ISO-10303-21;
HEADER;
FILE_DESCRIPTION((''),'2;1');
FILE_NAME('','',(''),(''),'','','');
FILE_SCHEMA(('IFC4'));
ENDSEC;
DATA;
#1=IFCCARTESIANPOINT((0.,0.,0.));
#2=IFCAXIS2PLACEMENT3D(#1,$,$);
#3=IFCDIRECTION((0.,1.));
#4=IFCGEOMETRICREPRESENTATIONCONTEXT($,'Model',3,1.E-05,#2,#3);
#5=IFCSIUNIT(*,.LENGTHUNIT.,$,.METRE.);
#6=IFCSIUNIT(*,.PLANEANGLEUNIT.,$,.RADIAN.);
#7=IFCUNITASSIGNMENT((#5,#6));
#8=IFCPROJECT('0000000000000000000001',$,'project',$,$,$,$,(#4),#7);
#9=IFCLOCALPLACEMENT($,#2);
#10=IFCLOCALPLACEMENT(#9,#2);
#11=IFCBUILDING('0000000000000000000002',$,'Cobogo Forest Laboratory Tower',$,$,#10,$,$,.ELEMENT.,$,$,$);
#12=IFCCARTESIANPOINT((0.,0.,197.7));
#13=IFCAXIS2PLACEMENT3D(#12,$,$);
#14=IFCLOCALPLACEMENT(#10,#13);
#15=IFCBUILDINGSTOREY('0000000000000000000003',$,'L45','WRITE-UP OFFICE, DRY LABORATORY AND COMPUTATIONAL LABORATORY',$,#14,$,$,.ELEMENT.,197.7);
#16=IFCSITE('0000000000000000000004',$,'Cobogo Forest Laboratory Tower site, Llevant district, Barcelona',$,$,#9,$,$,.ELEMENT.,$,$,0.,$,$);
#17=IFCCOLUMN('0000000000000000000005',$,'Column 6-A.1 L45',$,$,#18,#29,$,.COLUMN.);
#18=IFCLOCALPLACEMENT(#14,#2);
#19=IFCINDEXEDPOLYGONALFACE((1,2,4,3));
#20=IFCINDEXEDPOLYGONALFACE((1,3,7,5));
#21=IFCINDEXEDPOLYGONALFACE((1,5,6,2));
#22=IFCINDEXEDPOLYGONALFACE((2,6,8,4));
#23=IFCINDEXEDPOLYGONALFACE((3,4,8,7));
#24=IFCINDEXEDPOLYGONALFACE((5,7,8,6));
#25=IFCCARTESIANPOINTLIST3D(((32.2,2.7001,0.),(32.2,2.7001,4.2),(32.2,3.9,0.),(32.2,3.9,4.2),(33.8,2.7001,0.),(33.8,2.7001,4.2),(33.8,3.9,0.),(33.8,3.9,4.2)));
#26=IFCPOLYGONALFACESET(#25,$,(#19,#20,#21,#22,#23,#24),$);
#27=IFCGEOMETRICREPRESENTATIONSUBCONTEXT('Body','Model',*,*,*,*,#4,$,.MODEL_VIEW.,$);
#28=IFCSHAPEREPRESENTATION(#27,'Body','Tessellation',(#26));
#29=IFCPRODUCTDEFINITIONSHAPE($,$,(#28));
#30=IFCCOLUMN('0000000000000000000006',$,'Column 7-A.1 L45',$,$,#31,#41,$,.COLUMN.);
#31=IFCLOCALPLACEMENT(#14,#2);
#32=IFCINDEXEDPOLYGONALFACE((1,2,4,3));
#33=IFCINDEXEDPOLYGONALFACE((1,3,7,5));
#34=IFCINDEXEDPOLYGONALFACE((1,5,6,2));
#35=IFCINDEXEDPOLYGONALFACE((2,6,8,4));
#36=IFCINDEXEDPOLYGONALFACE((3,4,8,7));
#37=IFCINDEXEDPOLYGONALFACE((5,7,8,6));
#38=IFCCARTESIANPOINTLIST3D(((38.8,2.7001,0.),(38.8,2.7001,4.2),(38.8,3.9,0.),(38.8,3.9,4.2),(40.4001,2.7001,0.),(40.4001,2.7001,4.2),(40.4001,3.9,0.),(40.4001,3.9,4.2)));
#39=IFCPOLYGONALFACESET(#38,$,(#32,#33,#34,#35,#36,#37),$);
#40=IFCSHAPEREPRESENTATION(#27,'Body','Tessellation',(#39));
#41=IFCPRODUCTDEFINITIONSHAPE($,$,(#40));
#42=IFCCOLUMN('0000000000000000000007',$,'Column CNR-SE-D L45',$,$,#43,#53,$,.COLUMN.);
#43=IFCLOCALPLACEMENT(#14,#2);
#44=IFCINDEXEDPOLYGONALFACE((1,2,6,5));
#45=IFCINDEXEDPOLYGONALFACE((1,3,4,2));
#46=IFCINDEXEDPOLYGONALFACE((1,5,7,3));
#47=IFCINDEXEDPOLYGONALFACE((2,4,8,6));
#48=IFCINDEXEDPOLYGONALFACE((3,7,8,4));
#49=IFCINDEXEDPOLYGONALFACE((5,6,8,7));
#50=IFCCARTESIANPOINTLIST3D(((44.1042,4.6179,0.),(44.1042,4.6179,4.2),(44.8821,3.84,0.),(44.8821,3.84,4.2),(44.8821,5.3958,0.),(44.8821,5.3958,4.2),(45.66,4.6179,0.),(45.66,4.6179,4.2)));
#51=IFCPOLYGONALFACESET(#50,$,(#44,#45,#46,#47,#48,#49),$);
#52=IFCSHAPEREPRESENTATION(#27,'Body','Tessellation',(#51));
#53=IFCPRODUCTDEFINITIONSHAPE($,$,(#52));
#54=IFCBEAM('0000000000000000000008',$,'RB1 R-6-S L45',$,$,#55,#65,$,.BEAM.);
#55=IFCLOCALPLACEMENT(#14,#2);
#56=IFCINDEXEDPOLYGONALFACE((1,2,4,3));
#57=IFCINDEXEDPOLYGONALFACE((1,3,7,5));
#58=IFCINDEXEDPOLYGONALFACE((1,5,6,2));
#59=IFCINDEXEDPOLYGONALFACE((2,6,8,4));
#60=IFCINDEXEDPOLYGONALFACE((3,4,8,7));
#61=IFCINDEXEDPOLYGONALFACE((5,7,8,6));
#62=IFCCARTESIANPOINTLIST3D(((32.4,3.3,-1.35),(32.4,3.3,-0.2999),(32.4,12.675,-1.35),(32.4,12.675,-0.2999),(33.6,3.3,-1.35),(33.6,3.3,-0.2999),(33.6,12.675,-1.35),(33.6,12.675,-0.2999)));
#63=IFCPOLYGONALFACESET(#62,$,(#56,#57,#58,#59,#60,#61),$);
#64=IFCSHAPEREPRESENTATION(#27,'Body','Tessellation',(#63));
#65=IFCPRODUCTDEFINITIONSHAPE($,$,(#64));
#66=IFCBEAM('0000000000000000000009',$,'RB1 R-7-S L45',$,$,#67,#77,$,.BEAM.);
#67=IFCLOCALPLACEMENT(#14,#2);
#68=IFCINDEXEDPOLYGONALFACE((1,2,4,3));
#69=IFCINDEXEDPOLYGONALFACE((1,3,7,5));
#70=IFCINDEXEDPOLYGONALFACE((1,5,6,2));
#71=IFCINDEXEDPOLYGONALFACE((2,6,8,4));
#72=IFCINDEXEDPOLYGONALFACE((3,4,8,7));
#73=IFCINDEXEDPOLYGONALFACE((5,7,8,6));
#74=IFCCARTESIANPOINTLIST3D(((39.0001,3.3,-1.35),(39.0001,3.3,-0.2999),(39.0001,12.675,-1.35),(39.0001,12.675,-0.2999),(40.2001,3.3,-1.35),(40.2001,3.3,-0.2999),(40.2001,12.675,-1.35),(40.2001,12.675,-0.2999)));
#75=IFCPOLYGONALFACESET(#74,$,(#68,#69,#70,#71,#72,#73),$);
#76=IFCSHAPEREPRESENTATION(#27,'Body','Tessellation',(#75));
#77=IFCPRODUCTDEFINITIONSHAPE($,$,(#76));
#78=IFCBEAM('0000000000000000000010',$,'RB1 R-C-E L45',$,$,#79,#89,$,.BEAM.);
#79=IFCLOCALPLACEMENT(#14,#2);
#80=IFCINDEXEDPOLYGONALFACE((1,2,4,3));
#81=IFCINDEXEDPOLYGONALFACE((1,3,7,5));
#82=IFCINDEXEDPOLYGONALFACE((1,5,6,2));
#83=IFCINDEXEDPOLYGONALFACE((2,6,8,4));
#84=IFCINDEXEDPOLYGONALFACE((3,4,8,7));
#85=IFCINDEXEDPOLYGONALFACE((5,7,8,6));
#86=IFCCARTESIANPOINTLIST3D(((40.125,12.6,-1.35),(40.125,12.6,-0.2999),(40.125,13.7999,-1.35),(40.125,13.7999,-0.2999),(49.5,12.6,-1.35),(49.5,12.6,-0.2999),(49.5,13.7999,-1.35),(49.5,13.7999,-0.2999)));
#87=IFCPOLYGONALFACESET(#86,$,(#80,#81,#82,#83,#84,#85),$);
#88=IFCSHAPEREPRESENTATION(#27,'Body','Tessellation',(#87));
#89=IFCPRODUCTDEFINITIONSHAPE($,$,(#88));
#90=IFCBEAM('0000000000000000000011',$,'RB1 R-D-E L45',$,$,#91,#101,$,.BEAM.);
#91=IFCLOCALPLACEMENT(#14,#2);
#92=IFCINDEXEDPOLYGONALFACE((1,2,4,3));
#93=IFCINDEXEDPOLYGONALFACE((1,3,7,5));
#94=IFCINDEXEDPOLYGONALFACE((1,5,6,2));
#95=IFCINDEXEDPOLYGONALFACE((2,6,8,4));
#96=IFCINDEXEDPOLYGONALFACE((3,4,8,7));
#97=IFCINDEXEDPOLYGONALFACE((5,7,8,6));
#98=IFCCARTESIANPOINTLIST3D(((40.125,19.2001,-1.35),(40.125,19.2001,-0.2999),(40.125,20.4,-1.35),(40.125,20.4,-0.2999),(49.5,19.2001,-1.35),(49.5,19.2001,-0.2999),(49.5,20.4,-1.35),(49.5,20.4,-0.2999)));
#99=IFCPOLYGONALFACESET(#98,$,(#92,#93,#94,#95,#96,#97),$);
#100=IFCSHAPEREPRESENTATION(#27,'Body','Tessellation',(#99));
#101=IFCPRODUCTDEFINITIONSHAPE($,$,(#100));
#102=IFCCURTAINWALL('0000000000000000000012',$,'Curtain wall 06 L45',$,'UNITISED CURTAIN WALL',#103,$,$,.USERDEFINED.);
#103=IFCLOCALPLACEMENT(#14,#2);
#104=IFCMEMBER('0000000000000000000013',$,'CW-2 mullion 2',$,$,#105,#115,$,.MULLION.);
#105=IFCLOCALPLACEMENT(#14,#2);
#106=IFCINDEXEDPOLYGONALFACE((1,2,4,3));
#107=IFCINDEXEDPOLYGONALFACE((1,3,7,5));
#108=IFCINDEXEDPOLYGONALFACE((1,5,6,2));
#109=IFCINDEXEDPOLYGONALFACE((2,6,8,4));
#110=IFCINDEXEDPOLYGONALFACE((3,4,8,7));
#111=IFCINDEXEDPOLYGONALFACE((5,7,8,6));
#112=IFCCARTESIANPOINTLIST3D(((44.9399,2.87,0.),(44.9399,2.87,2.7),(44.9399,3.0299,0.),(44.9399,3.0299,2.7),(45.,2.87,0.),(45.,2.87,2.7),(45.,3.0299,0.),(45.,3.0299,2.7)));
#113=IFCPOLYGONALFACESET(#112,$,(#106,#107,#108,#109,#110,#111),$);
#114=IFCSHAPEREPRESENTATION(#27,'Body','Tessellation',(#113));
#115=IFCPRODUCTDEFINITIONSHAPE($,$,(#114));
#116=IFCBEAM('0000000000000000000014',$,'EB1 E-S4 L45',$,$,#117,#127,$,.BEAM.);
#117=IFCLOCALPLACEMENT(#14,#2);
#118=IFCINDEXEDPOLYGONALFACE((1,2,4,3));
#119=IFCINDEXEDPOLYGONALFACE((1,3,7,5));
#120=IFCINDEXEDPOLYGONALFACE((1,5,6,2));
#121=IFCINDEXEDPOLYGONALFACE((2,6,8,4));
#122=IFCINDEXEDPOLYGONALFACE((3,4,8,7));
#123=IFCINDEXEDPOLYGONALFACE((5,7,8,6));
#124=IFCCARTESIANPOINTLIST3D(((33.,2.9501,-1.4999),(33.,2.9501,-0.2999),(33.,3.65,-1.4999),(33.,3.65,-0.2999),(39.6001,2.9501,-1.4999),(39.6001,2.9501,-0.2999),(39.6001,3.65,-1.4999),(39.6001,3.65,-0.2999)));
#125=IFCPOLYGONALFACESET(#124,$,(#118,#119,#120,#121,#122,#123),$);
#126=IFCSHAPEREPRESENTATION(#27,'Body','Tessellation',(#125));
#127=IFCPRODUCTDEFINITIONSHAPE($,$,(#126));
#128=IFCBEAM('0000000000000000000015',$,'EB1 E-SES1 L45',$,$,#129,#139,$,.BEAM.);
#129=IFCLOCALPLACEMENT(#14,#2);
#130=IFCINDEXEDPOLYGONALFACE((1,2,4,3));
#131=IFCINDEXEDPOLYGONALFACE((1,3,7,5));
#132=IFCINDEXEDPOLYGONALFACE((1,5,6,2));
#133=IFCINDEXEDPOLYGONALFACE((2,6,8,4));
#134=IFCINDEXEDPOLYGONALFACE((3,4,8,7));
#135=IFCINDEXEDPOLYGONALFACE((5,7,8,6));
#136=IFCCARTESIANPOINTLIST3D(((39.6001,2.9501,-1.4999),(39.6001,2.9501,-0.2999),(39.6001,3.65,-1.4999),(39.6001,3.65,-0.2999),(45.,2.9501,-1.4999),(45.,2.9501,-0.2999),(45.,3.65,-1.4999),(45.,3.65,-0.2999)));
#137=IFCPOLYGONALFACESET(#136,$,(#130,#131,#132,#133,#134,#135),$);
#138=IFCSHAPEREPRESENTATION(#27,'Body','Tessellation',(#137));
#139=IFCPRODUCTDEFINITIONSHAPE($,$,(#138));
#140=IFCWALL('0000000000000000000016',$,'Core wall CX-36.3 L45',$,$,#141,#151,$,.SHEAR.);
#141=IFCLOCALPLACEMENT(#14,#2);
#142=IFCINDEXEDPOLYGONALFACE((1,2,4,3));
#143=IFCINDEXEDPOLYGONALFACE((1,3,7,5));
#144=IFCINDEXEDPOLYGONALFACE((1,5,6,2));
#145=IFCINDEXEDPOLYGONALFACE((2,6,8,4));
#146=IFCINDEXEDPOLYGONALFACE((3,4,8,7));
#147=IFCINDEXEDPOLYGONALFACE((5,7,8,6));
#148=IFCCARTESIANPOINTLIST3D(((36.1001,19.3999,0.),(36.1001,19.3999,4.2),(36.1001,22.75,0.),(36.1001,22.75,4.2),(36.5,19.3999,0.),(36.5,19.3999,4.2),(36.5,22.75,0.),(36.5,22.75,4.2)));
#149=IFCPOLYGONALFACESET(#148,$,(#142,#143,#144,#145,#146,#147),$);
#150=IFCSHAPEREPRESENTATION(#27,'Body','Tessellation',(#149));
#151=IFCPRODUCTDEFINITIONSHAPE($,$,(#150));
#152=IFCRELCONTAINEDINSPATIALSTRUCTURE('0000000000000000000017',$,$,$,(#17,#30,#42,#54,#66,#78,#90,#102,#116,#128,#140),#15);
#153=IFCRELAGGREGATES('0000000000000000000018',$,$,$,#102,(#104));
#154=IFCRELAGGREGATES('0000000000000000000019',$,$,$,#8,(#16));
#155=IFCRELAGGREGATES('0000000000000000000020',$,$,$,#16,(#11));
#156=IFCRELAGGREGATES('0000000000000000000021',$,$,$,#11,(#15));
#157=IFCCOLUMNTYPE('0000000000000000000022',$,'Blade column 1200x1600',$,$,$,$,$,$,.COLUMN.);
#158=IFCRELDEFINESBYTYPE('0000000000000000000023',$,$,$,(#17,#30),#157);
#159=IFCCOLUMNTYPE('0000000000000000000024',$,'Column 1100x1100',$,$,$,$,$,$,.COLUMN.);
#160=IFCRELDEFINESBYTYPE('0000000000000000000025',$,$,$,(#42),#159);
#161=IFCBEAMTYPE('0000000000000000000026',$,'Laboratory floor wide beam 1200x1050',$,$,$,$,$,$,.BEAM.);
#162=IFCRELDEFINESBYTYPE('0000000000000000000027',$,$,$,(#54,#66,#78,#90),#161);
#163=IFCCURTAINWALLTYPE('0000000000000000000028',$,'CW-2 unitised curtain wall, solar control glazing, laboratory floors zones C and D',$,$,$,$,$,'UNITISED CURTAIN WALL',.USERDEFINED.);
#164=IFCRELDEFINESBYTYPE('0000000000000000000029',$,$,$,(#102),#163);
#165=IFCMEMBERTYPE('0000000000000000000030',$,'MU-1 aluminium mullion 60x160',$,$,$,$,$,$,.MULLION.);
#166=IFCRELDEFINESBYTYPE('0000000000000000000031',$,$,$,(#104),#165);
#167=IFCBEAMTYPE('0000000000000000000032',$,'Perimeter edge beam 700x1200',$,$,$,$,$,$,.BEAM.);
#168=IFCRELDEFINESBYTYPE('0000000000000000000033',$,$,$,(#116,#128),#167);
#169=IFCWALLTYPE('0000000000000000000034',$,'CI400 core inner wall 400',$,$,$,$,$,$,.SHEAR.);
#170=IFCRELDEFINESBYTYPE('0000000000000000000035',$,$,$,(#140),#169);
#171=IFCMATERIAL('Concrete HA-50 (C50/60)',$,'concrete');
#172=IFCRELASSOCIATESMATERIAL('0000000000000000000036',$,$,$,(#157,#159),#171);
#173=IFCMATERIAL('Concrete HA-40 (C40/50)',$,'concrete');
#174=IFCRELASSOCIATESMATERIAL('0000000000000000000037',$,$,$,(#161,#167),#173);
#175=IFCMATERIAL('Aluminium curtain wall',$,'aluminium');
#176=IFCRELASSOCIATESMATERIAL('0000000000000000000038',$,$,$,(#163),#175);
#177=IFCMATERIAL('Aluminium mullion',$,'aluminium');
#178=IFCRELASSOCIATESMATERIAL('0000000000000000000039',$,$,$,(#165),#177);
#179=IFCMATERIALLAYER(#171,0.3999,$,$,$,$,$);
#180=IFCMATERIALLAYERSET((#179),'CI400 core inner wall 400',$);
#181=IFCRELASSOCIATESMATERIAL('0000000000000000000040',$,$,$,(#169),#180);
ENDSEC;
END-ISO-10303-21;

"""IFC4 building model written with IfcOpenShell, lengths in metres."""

from ifc_helpers import new_model, si_unit, direction, frame, frame_2d, origin, origin_2d, place, context, subcontext, project, spatial, rectangle, extrude, material, layer, layer_set, material_profile, profile_set, type_object, element, aggregate, save


model = new_model("IFC4")

# Units and contexts
model_context = context("Model", 3, precision=1e-05, world=origin(), true_north=direction((0.0, 1.0)))
body_context = subcontext(model_context, "Body", "Model", "MODEL_VIEW")
ifc_project = project(units=[si_unit("LENGTHUNIT", "METRE"), si_unit("PLANEANGLEUNIT", "RADIAN")], contexts=[model_context])

# Site, building, storey
site_placement = place(None, origin())
site = spatial("IfcSite", under=ifc_project, at=site_placement, Name="Cobogo Forest Laboratory Tower site, Llevant district, Barcelona", CompositionType="ELEMENT", RefElevation=0.0)
building_placement = place(site_placement, origin())
building = spatial("IfcBuilding", under=site, at=building_placement, Name="Cobogo Forest Laboratory Tower", CompositionType="ELEMENT")
storey_placement = place(building_placement, frame((0.0, 0.0, 197.7)))
storey = spatial("IfcBuildingStorey", under=building, at=storey_placement, Name="L45", Description="WRITE-UP OFFICE, DRY LABORATORY AND COMPUTATIONAL LABORATORY", CompositionType="ELEMENT", Elevation=197.7)

# Columns
ifc_material_1 = material(Name="Concrete HA-50 (C50/60)", Category="concrete")
ifc_material_profile_1 = material_profile(ifc_material_1, rectangle(XDim=1.6001, YDim=1.2, at=origin_2d()), Name="RC 1200x1600")
ifc_profile_set_1 = profile_set([ifc_material_profile_1], Name="Concrete HA-50 (C50/60)")
column_type_1 = type_object("IfcColumnType", Name="Blade column 1200x1600", PredefinedType="COLUMN", material=ifc_profile_set_1)
for number, where, z_axis, x_axis, name in (
    (1, (33.0, 3.3, 0.0), (0.0, 0.0, 1.0), (1.0, 0.0, 0.0), "Column 6-A.1 L45"),
    (2, (39.6001, 3.3, 0.0), (0.0, 0.0, 1.0), (1.0, 0.0, 0.0), "Column 7-A.1 L45"),
):
    element("IfcColumn", number, at=place(storey_placement, frame(where, z_axis=z_axis, x_axis=x_axis)), inside=storey, type_object=column_type_1, Name=name, PredefinedType="COLUMN", context=body_context, shape_type="SweptSolid", body=[
        extrude(rectangle(XDim=1.6001, YDim=1.2, at=origin_2d()), origin(), (0.0, 0.0, 1.0), 4.2),
    ])
ifc_material_profile_2 = material_profile(ifc_material_1, rectangle(XDim=1.1001, YDim=1.1001, at=origin_2d()), Name="RC 1100x1100")
ifc_profile_set_2 = profile_set([ifc_material_profile_2], Name="Concrete HA-50 (C50/60)")
column_type_2 = type_object("IfcColumnType", Name="Column 1100x1100", PredefinedType="COLUMN", material=ifc_profile_set_2)
column_placement = place(storey_placement, frame((44.8821, 4.6179, 0.0), z_axis=(0.0, 0.0, 1.0), x_axis=(0.707107, 0.707107, 0.0)))
element("IfcColumn", 3, at=column_placement, inside=storey, type_object=column_type_2, Name="Column CNR-SE-D L45", PredefinedType="COLUMN", context=body_context, shape_type="SweptSolid", body=[
    extrude(rectangle(XDim=1.1001, YDim=1.1001, at=origin_2d()), origin(), (0.0, 0.0, 1.0), 4.2),
])

# Beams
ifc_material_2 = material(Name="Concrete HA-40 (C40/50)", Category="concrete")
ifc_material_profile_3 = material_profile(ifc_material_2, rectangle(XDim=1.2, YDim=1.05, at=origin_2d()), Name="RC 1200x1050")
ifc_profile_set_3 = profile_set([ifc_material_profile_3], Name="Concrete HA-40 (C40/50)")
beam_type_1 = type_object("IfcBeamType", Name="Laboratory floor wide beam 1200x1050", PredefinedType="BEAM", material=ifc_profile_set_3)
for number, where, z_axis, x_axis, name in (
    (4, (33.0, 12.675, -0.825), (0.0, -1.0, 0.0), (1.0, 0.0, 0.0), "RB1 R-6-S L45"),
    (5, (39.6001, 12.675, -0.825), (0.0, -1.0, 0.0), (1.0, 0.0, 0.0), "RB1 R-7-S L45"),
    (6, (40.125, 13.2, -0.825), (1.0, 0.0, 0.0), (0.0, 1.0, 0.0), "RB1 R-C-E L45"),
    (7, (40.125, 19.8, -0.825), (1.0, 0.0, 0.0), (0.0, 1.0, 0.0), "RB1 R-D-E L45"),
):
    element("IfcBeam", number, at=place(storey_placement, frame(where, z_axis=z_axis, x_axis=x_axis)), inside=storey, type_object=beam_type_1, Name=name, PredefinedType="BEAM", context=body_context, shape_type="SweptSolid", body=[
        extrude(rectangle(XDim=1.2, YDim=1.05, at=origin_2d()), origin(), (0.0, 0.0, 1.0), 9.375),
    ])

# Curtain wall, member
ifc_material_3 = material(Name="Aluminium curtain wall", Category="aluminium")
curtain_wall_type = type_object("IfcCurtainWallType", Name="CW-2 unitised curtain wall, solar control glazing, laboratory floors zones C and D", ElementType="UNITISED CURTAIN WALL", PredefinedType="USERDEFINED", material=ifc_material_3)
curtain_wall_placement = place(storey_placement, origin())
curtain_wall = element("IfcCurtainWall", 8, at=curtain_wall_placement, inside=storey, type_object=curtain_wall_type, Name="Curtain wall 06 L45", ObjectType="UNITISED CURTAIN WALL", PredefinedType="USERDEFINED")
ifc_material_4 = material(Name="Aluminium mullion", Category="aluminium")
ifc_material_profile_4 = material_profile(ifc_material_4, rectangle(XDim=0.0601, YDim=0.1599, at=origin_2d()), Name="AL 60x160")
ifc_profile_set_4 = profile_set([ifc_material_profile_4], Name="Aluminium mullion")
member_type = type_object("IfcMemberType", Name="MU-1 aluminium mullion 60x160", PredefinedType="MULLION", material=ifc_profile_set_4)
member_placement = place(storey_placement, frame((44.97, 2.95, 0.0), z_axis=(0.0, 0.0, 1.0), x_axis=(1.0, 0.0, 0.0)))
member = element("IfcMember", 9, at=member_placement, type_object=member_type, Name="CW-2 mullion 2", PredefinedType="MULLION", context=body_context, shape_type="SweptSolid", body=[
    extrude(rectangle(XDim=0.0601, YDim=0.1599, at=origin_2d()), origin(), (0.0, 0.0, 1.0), 2.7),
])
aggregate(curtain_wall, [member])

# Beams
ifc_material_profile_5 = material_profile(ifc_material_2, rectangle(XDim=0.7, YDim=1.2, at=origin_2d()), Name="RC 700x1200")
ifc_profile_set_5 = profile_set([ifc_material_profile_5], Name="Concrete HA-40 (C40/50)")
beam_type_2 = type_object("IfcBeamType", Name="Perimeter edge beam 700x1200", PredefinedType="BEAM", material=ifc_profile_set_5)
beam_1_placement = place(storey_placement, frame((33.0, 3.3, -0.8999), z_axis=(1.0, 0.0, 0.0), x_axis=(0.0, 1.0, 0.0)))
element("IfcBeam", 10, at=beam_1_placement, inside=storey, type_object=beam_type_2, Name="EB1 E-S4 L45", PredefinedType="BEAM", context=body_context, shape_type="SweptSolid", body=[
    extrude(rectangle(XDim=0.7, YDim=1.2, at=origin_2d()), origin(), (0.0, 0.0, 1.0), 6.6001),
])
beam_2_placement = place(storey_placement, frame((39.6001, 3.3, -0.8999), z_axis=(1.0, 0.0, 0.0), x_axis=(0.0, 1.0, 0.0)))
element("IfcBeam", 11, at=beam_2_placement, inside=storey, type_object=beam_type_2, Name="EB1 E-SES1 L45", PredefinedType="BEAM", context=body_context, shape_type="SweptSolid", body=[
    extrude(rectangle(XDim=0.7, YDim=1.2, at=origin_2d()), origin(), (0.0, 0.0, 1.0), 5.3999),
])

# Wall
ifc_layer_1 = layer(ifc_material_1, 0.3999)
ifc_layer_set_1 = layer_set([ifc_layer_1], Name="CI400 core inner wall 400")
wall_type_1 = type_object("IfcWallType", Name="CI400 core inner wall 400", PredefinedType="SHEAR", material=ifc_layer_set_1)
wall_1_placement = place(storey_placement, frame((36.3, 19.3999, 0.0), z_axis=(0.0, 0.0, 1.0), x_axis=(0.0, 1.0, 0.0)))
element("IfcWall", 12, at=wall_1_placement, inside=storey, type_object=wall_type_1, Name="Core wall CX-36.3 L45", PredefinedType="SHEAR", context=body_context, shape_type="SweptSolid", body=[
    extrude(rectangle(XDim=3.3501, YDim=0.3999, at=frame_2d((1.675, 0.0))), origin(), (0.0, 0.0, 1.0), 4.2),
])

save(model, "model.ifc")
